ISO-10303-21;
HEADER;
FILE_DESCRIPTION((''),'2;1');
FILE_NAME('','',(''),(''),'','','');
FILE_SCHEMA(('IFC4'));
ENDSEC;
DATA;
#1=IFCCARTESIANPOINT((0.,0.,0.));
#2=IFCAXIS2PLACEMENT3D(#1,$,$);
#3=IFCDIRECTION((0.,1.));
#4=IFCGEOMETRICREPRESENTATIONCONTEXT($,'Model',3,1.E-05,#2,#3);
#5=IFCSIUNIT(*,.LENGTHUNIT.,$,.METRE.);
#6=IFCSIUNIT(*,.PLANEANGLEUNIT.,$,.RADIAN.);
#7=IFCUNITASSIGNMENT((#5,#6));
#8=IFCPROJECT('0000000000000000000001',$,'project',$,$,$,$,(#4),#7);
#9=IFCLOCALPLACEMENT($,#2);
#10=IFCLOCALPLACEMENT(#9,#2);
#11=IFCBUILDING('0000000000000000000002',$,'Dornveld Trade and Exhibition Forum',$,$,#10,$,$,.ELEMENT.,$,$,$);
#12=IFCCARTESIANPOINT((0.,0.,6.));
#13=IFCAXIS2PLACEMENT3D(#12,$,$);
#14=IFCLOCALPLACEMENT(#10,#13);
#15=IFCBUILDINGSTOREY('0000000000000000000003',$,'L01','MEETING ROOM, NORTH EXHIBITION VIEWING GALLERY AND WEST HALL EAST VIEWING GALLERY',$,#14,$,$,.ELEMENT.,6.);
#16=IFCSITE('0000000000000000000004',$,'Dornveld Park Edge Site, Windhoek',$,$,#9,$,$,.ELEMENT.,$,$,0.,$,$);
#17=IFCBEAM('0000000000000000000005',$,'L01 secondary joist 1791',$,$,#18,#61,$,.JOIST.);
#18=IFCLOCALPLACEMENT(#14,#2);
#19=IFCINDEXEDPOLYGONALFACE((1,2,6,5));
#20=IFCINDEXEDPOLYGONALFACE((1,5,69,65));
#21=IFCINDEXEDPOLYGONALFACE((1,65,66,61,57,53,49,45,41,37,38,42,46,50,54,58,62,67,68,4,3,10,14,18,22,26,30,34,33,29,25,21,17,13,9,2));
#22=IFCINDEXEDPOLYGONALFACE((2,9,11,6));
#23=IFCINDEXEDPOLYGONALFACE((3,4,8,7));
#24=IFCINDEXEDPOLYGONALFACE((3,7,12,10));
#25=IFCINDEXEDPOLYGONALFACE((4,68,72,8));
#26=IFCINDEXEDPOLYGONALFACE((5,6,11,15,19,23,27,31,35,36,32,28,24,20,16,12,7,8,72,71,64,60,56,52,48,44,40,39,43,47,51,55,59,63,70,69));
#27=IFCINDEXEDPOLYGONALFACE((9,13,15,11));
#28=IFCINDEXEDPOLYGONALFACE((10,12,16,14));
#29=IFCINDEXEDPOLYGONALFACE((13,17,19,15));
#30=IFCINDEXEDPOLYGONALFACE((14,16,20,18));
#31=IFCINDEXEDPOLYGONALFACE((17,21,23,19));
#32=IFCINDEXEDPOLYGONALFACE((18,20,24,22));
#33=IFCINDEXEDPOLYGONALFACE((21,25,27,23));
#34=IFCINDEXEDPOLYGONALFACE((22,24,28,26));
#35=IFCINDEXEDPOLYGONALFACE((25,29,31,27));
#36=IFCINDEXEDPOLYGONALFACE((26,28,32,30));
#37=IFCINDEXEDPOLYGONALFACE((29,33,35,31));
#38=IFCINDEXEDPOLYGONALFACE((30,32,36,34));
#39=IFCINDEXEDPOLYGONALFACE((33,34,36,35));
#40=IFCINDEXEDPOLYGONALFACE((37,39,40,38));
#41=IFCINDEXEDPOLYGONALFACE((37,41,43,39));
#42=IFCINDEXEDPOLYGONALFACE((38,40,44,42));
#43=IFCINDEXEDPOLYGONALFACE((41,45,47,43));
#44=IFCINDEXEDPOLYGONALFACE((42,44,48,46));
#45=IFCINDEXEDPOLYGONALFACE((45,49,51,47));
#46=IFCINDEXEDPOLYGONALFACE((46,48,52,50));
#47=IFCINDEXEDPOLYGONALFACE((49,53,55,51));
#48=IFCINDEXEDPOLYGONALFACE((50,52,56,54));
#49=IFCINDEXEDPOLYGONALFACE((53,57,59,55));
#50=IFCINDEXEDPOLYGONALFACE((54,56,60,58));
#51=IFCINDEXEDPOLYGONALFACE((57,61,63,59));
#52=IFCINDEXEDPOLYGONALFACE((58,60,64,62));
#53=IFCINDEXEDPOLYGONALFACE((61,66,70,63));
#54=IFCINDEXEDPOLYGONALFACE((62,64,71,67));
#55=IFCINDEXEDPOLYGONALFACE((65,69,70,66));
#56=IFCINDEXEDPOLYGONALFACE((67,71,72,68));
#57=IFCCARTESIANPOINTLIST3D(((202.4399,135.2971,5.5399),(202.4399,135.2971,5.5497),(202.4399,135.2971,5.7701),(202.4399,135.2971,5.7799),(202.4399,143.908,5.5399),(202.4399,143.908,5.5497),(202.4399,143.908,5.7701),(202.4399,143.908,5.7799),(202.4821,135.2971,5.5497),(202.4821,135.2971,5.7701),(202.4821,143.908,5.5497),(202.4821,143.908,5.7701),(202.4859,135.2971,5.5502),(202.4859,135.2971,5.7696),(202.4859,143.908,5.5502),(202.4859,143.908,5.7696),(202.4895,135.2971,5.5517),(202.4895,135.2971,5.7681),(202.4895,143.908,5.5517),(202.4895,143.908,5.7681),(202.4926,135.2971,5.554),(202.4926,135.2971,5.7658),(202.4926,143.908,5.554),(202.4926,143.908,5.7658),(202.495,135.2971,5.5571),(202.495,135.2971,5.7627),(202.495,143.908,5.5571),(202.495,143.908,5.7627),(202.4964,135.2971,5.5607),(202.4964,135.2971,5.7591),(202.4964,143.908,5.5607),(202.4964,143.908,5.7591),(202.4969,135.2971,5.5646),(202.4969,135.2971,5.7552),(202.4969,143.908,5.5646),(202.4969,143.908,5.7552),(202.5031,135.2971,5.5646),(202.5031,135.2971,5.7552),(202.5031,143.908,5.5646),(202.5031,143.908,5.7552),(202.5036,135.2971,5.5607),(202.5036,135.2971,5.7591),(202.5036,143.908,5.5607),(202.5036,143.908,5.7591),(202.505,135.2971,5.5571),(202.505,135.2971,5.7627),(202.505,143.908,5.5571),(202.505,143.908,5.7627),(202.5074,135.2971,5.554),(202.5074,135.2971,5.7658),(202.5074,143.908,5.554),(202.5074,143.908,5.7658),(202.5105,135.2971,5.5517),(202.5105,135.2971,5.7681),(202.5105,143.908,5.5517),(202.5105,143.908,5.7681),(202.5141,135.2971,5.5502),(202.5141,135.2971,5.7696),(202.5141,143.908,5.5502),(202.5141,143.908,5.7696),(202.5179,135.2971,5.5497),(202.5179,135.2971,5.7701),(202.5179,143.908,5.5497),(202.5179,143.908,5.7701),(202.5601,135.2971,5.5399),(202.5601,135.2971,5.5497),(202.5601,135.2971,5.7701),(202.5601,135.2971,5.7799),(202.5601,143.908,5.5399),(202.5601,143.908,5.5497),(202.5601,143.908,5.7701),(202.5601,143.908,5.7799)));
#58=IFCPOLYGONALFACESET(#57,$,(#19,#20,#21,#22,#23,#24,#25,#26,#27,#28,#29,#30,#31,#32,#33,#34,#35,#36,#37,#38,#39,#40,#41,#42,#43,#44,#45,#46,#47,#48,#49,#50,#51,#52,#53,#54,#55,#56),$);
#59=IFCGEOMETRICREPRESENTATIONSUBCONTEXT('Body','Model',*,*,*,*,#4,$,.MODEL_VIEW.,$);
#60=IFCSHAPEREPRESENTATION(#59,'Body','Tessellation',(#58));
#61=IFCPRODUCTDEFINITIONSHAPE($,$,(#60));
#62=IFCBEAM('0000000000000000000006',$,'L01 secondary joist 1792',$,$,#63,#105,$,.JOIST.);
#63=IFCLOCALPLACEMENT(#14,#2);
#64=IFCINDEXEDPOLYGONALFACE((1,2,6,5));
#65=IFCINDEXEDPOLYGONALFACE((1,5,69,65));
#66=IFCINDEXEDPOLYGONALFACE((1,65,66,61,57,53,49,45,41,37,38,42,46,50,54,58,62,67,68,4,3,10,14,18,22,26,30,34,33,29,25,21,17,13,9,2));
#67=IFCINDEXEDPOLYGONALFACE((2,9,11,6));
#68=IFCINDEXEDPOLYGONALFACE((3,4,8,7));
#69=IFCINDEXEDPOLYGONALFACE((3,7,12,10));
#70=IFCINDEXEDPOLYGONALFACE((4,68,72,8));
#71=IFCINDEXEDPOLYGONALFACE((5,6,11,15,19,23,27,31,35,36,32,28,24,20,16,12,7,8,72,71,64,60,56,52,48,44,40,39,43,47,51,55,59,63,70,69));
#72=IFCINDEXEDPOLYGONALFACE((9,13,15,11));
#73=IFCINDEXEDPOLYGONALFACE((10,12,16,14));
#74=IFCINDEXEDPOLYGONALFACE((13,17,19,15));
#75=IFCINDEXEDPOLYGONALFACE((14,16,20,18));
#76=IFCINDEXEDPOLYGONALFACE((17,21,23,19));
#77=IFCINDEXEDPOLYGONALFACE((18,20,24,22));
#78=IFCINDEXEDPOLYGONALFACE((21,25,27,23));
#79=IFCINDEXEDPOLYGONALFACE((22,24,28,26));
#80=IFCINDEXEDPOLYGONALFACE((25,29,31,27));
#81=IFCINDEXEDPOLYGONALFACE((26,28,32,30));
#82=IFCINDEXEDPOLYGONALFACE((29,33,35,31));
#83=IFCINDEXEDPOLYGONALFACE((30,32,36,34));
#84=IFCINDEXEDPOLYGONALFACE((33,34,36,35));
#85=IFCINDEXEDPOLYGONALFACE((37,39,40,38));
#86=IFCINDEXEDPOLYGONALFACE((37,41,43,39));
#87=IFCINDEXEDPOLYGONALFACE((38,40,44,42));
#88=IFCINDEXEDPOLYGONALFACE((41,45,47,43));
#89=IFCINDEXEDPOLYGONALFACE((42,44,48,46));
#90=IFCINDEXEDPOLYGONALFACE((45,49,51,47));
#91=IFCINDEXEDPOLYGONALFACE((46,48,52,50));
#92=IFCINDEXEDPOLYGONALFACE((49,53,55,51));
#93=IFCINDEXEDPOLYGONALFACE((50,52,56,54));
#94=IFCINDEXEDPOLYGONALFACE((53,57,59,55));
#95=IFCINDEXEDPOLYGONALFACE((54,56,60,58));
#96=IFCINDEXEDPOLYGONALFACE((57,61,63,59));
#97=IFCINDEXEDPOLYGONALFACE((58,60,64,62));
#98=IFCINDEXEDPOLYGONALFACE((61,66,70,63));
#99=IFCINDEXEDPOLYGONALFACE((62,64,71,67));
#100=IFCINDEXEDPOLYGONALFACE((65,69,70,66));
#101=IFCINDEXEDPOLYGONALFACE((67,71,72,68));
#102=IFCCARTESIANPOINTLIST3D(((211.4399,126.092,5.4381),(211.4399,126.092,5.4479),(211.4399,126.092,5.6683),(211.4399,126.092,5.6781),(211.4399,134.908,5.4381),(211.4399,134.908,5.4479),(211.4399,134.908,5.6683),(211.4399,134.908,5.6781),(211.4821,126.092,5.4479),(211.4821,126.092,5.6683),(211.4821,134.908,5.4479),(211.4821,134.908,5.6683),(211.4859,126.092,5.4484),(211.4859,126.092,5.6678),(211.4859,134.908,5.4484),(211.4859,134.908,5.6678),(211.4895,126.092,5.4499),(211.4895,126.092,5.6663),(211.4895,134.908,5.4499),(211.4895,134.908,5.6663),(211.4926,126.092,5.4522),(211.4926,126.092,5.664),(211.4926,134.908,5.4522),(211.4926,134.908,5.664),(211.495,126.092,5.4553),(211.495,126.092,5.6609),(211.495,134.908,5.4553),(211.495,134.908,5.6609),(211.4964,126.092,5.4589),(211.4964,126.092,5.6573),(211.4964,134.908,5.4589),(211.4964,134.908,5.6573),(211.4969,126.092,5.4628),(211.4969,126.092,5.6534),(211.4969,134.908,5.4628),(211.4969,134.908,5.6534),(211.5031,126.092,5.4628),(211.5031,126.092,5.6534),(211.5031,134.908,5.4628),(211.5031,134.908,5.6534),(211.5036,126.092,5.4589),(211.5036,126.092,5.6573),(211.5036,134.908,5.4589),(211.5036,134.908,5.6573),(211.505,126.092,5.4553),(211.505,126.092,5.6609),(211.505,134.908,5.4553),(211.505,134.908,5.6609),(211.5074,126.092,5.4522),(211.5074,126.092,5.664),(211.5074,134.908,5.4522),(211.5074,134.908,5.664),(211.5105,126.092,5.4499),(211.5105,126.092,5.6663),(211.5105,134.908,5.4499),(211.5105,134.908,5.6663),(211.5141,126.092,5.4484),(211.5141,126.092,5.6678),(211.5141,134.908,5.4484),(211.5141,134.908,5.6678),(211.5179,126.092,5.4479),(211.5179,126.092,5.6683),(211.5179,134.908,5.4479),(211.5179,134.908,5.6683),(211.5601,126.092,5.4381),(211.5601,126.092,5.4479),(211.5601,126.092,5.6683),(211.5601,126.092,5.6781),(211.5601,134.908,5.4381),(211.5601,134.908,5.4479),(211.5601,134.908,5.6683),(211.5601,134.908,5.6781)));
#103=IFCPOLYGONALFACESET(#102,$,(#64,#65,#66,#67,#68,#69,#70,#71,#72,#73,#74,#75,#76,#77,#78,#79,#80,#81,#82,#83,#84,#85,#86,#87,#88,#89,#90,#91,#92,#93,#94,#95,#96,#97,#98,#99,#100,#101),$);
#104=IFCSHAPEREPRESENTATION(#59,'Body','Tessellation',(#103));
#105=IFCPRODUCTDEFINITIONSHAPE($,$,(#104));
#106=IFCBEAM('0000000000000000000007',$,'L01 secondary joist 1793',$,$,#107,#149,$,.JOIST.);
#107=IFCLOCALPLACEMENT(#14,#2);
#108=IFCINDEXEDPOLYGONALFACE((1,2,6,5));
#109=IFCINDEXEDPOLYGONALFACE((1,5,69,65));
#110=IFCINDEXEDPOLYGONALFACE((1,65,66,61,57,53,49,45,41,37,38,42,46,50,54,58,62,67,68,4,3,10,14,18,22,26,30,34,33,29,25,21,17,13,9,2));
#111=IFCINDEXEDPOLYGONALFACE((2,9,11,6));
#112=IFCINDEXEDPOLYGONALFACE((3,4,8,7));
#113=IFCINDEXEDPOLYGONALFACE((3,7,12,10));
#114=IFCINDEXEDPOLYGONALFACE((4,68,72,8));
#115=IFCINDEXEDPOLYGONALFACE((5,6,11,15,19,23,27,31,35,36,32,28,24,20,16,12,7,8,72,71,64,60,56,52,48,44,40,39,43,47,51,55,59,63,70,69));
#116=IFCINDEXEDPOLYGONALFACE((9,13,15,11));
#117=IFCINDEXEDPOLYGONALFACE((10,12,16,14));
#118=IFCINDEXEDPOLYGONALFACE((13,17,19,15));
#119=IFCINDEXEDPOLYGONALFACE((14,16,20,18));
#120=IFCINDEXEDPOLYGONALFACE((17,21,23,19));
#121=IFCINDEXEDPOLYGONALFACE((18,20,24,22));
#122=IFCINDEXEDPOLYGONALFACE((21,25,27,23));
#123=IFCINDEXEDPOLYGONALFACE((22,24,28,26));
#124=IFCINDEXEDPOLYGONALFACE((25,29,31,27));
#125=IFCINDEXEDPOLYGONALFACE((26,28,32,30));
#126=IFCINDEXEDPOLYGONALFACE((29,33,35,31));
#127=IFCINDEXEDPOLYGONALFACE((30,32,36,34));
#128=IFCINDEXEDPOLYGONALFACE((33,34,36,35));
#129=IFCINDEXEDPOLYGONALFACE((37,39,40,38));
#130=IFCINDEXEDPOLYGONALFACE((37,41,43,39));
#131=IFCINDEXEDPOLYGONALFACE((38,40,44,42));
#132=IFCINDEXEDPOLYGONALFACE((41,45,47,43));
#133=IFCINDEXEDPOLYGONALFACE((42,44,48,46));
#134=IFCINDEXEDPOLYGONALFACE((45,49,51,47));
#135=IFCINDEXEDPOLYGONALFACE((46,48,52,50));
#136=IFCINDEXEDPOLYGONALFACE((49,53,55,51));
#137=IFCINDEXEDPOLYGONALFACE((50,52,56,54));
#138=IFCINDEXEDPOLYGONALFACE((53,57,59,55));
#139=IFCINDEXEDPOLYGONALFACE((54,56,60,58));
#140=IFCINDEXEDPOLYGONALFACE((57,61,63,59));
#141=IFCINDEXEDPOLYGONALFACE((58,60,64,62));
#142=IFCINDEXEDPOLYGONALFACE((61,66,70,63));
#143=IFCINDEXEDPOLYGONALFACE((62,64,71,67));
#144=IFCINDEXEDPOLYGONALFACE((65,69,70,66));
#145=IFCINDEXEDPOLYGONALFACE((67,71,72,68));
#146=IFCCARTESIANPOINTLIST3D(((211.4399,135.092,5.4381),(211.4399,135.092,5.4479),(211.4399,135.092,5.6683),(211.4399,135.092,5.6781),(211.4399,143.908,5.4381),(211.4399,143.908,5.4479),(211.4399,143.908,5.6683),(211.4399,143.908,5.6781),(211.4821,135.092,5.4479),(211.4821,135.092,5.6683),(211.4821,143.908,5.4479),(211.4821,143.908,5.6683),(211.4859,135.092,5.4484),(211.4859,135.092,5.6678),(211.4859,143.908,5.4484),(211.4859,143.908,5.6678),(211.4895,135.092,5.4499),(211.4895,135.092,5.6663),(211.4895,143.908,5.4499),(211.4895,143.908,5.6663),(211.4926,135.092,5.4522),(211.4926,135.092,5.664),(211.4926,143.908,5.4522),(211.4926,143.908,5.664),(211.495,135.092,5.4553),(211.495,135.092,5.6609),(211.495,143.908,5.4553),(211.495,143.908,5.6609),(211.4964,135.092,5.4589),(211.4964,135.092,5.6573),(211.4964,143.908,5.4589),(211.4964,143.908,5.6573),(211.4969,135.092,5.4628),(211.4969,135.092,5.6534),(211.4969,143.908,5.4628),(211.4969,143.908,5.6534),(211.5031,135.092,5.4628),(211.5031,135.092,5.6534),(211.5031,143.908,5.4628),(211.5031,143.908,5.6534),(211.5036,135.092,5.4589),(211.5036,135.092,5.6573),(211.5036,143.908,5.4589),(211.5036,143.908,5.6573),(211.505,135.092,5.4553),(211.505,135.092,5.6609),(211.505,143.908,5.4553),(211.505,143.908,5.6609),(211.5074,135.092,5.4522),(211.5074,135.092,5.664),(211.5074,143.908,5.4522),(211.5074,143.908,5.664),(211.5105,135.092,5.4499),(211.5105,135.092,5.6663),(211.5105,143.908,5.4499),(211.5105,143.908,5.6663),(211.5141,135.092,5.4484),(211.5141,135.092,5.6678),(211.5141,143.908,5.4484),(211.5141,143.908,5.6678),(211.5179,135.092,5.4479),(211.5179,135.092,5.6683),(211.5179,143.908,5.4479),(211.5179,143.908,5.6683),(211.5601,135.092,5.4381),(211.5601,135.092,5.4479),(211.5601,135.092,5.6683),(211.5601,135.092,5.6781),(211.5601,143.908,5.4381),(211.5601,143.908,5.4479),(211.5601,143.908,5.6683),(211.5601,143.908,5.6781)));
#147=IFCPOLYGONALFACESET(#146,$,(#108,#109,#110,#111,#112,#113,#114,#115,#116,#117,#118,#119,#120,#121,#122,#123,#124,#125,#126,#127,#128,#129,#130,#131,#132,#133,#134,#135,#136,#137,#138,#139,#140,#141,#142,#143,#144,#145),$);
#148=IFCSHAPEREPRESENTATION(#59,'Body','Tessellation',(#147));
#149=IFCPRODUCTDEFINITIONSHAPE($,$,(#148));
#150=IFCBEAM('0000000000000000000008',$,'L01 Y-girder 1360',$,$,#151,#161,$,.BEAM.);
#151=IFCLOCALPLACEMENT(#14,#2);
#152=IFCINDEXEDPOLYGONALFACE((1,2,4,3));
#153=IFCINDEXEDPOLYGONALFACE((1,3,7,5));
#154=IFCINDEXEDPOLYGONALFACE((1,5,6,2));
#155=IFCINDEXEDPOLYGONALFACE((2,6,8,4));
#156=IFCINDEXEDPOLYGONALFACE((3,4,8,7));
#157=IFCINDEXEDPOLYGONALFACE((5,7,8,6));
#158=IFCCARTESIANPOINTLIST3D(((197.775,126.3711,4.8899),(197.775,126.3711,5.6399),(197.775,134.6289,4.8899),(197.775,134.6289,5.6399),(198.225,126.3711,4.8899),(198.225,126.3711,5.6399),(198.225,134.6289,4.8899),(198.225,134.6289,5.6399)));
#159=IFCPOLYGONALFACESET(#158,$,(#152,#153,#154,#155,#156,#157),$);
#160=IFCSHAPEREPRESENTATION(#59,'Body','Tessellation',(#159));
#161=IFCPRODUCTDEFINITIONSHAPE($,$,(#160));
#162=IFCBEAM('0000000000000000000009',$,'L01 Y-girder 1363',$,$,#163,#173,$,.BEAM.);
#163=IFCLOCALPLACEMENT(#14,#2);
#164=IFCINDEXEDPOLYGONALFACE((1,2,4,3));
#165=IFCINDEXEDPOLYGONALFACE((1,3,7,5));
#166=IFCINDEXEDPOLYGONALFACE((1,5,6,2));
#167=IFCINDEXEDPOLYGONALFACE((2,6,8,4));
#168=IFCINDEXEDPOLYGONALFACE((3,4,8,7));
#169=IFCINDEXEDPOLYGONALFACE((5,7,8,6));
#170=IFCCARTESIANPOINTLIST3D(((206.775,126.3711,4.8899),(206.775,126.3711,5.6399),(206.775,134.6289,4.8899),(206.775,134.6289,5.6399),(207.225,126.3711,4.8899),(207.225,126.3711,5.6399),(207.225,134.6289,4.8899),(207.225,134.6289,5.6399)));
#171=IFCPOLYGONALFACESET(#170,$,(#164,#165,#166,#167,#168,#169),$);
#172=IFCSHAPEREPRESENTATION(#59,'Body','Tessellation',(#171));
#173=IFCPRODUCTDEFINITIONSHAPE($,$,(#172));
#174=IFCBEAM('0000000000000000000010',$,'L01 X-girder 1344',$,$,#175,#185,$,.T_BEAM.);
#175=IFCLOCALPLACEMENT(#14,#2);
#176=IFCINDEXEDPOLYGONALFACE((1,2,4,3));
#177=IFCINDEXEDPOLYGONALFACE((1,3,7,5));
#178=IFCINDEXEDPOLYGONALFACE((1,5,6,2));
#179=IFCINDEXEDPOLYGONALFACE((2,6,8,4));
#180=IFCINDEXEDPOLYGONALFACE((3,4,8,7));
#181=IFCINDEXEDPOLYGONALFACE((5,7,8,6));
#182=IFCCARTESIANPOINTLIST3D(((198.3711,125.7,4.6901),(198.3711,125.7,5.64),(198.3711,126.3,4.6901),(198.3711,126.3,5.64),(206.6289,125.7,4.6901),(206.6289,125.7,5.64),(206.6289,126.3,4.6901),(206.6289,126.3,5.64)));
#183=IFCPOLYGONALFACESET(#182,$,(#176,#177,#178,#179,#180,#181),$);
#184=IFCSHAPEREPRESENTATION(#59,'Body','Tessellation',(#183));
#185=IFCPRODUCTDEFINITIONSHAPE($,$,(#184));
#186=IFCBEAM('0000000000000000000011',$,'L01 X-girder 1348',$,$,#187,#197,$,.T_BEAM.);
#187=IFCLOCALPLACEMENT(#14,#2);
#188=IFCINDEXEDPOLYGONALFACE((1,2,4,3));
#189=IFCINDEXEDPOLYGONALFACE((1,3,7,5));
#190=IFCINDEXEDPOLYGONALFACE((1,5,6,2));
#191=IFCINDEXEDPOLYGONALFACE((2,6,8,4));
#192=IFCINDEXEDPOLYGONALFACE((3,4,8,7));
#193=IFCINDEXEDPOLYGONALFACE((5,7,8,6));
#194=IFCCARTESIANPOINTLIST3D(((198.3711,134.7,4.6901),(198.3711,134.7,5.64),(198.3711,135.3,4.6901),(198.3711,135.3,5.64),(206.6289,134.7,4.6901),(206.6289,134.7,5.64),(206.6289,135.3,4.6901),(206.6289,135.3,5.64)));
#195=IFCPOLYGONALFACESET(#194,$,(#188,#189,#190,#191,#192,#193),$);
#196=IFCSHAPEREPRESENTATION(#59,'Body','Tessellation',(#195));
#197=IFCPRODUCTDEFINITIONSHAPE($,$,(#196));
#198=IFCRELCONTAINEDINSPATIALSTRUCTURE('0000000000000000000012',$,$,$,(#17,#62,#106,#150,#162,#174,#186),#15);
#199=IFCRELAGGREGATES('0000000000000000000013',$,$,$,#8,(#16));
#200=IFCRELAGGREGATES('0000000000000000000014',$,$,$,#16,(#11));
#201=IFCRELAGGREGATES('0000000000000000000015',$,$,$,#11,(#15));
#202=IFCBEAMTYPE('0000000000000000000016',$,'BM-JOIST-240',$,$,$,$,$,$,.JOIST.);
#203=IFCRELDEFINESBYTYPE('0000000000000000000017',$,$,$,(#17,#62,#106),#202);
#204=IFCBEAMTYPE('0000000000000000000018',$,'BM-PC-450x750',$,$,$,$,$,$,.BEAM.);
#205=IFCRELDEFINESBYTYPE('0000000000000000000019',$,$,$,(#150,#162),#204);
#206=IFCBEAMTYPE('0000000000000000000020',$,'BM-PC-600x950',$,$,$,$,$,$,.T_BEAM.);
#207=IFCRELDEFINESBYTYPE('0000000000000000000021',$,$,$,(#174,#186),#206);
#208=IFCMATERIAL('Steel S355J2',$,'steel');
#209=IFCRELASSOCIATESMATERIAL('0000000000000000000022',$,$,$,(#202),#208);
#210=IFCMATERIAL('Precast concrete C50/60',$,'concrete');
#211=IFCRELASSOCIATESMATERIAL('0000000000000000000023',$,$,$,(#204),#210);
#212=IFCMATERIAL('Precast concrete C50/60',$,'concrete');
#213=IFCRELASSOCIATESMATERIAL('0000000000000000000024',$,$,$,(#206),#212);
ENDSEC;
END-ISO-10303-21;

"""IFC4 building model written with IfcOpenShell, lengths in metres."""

from ifc_helpers import new_model, si_unit, direction, frame, origin, origin_2d, place, context, subcontext, project, spatial, rectangle, i_section, extrude, material, material_profile, profile_set, type_object, element, save


model = new_model("IFC4")

# Units and contexts
model_context = context("Model", 3, precision=1e-05, world=origin(), true_north=direction((0.0, 1.0)))
body_context = subcontext(model_context, "Body", "Model", "MODEL_VIEW")
ifc_project = project(units=[si_unit("LENGTHUNIT", "METRE"), si_unit("PLANEANGLEUNIT", "RADIAN")], contexts=[model_context])

# Site, building, storey
site_placement = place(None, origin())
site = spatial("IfcSite", under=ifc_project, at=site_placement, Name="Dornveld Park Edge Site, Windhoek", CompositionType="ELEMENT", RefElevation=0.0)
building_placement = place(site_placement, origin())
building = spatial("IfcBuilding", under=site, at=building_placement, Name="Dornveld Trade and Exhibition Forum", CompositionType="ELEMENT")
storey_placement = place(building_placement, frame((0.0, 0.0, 6.0)))
storey = spatial("IfcBuildingStorey", under=building, at=storey_placement, Name="L01", Description="MEETING ROOM, NORTH EXHIBITION VIEWING GALLERY AND WEST HALL EAST VIEWING GALLERY", CompositionType="ELEMENT", Elevation=6.0)

# Beams
ifc_material_1 = material(Name="Steel S355J2", Category="steel")
ifc_material_profile_1 = material_profile(ifc_material_1, i_section(OverallWidth=0.1201, OverallDepth=0.24, WebThickness=0.0061, FlangeThickness=0.0098, FilletRadius=0.0149, at=origin_2d()), Name="IPE 240")
ifc_profile_set_1 = profile_set([ifc_material_profile_1], Name="Steel S355J2")
beam_type_1 = type_object("IfcBeamType", Name="BM-JOIST-240", PredefinedType="JOIST", material=ifc_profile_set_1)
for number, where, z_axis, x_axis, name in (
    (1, (202.5, 135.2971, 5.6599), (0.0, 1.0, 0.0), (-1.0, 0.0, 0.0), "L01 secondary joist 1791"),
):
    element("IfcBeam", number, at=place(storey_placement, frame(where, z_axis=z_axis, x_axis=x_axis)), inside=storey, type_object=beam_type_1, Name=name, PredefinedType="JOIST", context=body_context, shape_type="SweptSolid", body=[
        extrude(i_section(OverallWidth=0.1201, OverallDepth=0.24, WebThickness=0.0061, FlangeThickness=0.0098, FilletRadius=0.0149, at=origin_2d()), origin(), (0.0, 0.0, 1.0), 8.6108),
    ])
for number, where, z_axis, x_axis, name in (
    (2, (211.5, 126.092, 5.5581), (0.0, 1.0, 0.0), (-1.0, 0.0, 0.0), "L01 secondary joist 1792"),
    (3, (211.5, 135.092, 5.5581), (0.0, 1.0, 0.0), (-1.0, 0.0, 0.0), "L01 secondary joist 1793"),
):
    element("IfcBeam", number, at=place(storey_placement, frame(where, z_axis=z_axis, x_axis=x_axis)), inside=storey, type_object=beam_type_1, Name=name, PredefinedType="JOIST", context=body_context, shape_type="SweptSolid", body=[
        extrude(i_section(OverallWidth=0.1201, OverallDepth=0.24, WebThickness=0.0061, FlangeThickness=0.0098, FilletRadius=0.0149, at=origin_2d()), origin(), (0.0, 0.0, 1.0), 8.8159),
    ])
ifc_material_2 = material(Name="Precast concrete C50/60", Category="concrete")
ifc_material_profile_2 = material_profile(ifc_material_2, rectangle(XDim=0.45, YDim=0.75, at=origin_2d()), Name="PC-BM 450x750")
ifc_profile_set_2 = profile_set([ifc_material_profile_2], Name="Precast concrete C50/60")
beam_type_2 = type_object("IfcBeamType", Name="BM-PC-450x750", PredefinedType="BEAM", material=ifc_profile_set_2)
for number, where, z_axis, x_axis, name in (
    (4, (198.0, 126.3711, 5.2649), (0.0, 1.0, 0.0), (-1.0, 0.0, 0.0), "L01 Y-girder 1360"),
    (5, (207.0, 126.3711, 5.2649), (0.0, 1.0, 0.0), (-1.0, 0.0, 0.0), "L01 Y-girder 1363"),
):
    element("IfcBeam", number, at=place(storey_placement, frame(where, z_axis=z_axis, x_axis=x_axis)), inside=storey, type_object=beam_type_2, Name=name, PredefinedType="BEAM", context=body_context, shape_type="SweptSolid", body=[
        extrude(rectangle(XDim=0.45, YDim=0.75, at=origin_2d()), origin(), (0.0, 0.0, 1.0), 8.2578),
    ])
ifc_material_3 = material(Name="Precast concrete C50/60", Category="concrete")
ifc_material_profile_3 = material_profile(ifc_material_3, rectangle(XDim=0.6001, YDim=0.95, at=origin_2d()), Name="PC-GIR 600x950")
ifc_profile_set_3 = profile_set([ifc_material_profile_3], Name="Precast concrete C50/60")
beam_type_3 = type_object("IfcBeamType", Name="BM-PC-600x950", PredefinedType="T_BEAM", material=ifc_profile_set_3)
for number, where, z_axis, x_axis, name in (
    (6, (198.3711, 126.0, 5.165), (1.0, 0.0, 0.0), (0.0, 1.0, 0.0), "L01 X-girder 1344"),
    (7, (198.3711, 135.0, 5.165), (1.0, 0.0, 0.0), (0.0, 1.0, 0.0), "L01 X-girder 1348"),
):
    element("IfcBeam", number, at=place(storey_placement, frame(where, z_axis=z_axis, x_axis=x_axis)), inside=storey, type_object=beam_type_3, Name=name, PredefinedType="T_BEAM", context=body_context, shape_type="SweptSolid", body=[
        extrude(rectangle(XDim=0.6001, YDim=0.95, at=origin_2d()), origin(), (0.0, 0.0, 1.0), 8.2578),
    ])

save(model, "model.ifc")
